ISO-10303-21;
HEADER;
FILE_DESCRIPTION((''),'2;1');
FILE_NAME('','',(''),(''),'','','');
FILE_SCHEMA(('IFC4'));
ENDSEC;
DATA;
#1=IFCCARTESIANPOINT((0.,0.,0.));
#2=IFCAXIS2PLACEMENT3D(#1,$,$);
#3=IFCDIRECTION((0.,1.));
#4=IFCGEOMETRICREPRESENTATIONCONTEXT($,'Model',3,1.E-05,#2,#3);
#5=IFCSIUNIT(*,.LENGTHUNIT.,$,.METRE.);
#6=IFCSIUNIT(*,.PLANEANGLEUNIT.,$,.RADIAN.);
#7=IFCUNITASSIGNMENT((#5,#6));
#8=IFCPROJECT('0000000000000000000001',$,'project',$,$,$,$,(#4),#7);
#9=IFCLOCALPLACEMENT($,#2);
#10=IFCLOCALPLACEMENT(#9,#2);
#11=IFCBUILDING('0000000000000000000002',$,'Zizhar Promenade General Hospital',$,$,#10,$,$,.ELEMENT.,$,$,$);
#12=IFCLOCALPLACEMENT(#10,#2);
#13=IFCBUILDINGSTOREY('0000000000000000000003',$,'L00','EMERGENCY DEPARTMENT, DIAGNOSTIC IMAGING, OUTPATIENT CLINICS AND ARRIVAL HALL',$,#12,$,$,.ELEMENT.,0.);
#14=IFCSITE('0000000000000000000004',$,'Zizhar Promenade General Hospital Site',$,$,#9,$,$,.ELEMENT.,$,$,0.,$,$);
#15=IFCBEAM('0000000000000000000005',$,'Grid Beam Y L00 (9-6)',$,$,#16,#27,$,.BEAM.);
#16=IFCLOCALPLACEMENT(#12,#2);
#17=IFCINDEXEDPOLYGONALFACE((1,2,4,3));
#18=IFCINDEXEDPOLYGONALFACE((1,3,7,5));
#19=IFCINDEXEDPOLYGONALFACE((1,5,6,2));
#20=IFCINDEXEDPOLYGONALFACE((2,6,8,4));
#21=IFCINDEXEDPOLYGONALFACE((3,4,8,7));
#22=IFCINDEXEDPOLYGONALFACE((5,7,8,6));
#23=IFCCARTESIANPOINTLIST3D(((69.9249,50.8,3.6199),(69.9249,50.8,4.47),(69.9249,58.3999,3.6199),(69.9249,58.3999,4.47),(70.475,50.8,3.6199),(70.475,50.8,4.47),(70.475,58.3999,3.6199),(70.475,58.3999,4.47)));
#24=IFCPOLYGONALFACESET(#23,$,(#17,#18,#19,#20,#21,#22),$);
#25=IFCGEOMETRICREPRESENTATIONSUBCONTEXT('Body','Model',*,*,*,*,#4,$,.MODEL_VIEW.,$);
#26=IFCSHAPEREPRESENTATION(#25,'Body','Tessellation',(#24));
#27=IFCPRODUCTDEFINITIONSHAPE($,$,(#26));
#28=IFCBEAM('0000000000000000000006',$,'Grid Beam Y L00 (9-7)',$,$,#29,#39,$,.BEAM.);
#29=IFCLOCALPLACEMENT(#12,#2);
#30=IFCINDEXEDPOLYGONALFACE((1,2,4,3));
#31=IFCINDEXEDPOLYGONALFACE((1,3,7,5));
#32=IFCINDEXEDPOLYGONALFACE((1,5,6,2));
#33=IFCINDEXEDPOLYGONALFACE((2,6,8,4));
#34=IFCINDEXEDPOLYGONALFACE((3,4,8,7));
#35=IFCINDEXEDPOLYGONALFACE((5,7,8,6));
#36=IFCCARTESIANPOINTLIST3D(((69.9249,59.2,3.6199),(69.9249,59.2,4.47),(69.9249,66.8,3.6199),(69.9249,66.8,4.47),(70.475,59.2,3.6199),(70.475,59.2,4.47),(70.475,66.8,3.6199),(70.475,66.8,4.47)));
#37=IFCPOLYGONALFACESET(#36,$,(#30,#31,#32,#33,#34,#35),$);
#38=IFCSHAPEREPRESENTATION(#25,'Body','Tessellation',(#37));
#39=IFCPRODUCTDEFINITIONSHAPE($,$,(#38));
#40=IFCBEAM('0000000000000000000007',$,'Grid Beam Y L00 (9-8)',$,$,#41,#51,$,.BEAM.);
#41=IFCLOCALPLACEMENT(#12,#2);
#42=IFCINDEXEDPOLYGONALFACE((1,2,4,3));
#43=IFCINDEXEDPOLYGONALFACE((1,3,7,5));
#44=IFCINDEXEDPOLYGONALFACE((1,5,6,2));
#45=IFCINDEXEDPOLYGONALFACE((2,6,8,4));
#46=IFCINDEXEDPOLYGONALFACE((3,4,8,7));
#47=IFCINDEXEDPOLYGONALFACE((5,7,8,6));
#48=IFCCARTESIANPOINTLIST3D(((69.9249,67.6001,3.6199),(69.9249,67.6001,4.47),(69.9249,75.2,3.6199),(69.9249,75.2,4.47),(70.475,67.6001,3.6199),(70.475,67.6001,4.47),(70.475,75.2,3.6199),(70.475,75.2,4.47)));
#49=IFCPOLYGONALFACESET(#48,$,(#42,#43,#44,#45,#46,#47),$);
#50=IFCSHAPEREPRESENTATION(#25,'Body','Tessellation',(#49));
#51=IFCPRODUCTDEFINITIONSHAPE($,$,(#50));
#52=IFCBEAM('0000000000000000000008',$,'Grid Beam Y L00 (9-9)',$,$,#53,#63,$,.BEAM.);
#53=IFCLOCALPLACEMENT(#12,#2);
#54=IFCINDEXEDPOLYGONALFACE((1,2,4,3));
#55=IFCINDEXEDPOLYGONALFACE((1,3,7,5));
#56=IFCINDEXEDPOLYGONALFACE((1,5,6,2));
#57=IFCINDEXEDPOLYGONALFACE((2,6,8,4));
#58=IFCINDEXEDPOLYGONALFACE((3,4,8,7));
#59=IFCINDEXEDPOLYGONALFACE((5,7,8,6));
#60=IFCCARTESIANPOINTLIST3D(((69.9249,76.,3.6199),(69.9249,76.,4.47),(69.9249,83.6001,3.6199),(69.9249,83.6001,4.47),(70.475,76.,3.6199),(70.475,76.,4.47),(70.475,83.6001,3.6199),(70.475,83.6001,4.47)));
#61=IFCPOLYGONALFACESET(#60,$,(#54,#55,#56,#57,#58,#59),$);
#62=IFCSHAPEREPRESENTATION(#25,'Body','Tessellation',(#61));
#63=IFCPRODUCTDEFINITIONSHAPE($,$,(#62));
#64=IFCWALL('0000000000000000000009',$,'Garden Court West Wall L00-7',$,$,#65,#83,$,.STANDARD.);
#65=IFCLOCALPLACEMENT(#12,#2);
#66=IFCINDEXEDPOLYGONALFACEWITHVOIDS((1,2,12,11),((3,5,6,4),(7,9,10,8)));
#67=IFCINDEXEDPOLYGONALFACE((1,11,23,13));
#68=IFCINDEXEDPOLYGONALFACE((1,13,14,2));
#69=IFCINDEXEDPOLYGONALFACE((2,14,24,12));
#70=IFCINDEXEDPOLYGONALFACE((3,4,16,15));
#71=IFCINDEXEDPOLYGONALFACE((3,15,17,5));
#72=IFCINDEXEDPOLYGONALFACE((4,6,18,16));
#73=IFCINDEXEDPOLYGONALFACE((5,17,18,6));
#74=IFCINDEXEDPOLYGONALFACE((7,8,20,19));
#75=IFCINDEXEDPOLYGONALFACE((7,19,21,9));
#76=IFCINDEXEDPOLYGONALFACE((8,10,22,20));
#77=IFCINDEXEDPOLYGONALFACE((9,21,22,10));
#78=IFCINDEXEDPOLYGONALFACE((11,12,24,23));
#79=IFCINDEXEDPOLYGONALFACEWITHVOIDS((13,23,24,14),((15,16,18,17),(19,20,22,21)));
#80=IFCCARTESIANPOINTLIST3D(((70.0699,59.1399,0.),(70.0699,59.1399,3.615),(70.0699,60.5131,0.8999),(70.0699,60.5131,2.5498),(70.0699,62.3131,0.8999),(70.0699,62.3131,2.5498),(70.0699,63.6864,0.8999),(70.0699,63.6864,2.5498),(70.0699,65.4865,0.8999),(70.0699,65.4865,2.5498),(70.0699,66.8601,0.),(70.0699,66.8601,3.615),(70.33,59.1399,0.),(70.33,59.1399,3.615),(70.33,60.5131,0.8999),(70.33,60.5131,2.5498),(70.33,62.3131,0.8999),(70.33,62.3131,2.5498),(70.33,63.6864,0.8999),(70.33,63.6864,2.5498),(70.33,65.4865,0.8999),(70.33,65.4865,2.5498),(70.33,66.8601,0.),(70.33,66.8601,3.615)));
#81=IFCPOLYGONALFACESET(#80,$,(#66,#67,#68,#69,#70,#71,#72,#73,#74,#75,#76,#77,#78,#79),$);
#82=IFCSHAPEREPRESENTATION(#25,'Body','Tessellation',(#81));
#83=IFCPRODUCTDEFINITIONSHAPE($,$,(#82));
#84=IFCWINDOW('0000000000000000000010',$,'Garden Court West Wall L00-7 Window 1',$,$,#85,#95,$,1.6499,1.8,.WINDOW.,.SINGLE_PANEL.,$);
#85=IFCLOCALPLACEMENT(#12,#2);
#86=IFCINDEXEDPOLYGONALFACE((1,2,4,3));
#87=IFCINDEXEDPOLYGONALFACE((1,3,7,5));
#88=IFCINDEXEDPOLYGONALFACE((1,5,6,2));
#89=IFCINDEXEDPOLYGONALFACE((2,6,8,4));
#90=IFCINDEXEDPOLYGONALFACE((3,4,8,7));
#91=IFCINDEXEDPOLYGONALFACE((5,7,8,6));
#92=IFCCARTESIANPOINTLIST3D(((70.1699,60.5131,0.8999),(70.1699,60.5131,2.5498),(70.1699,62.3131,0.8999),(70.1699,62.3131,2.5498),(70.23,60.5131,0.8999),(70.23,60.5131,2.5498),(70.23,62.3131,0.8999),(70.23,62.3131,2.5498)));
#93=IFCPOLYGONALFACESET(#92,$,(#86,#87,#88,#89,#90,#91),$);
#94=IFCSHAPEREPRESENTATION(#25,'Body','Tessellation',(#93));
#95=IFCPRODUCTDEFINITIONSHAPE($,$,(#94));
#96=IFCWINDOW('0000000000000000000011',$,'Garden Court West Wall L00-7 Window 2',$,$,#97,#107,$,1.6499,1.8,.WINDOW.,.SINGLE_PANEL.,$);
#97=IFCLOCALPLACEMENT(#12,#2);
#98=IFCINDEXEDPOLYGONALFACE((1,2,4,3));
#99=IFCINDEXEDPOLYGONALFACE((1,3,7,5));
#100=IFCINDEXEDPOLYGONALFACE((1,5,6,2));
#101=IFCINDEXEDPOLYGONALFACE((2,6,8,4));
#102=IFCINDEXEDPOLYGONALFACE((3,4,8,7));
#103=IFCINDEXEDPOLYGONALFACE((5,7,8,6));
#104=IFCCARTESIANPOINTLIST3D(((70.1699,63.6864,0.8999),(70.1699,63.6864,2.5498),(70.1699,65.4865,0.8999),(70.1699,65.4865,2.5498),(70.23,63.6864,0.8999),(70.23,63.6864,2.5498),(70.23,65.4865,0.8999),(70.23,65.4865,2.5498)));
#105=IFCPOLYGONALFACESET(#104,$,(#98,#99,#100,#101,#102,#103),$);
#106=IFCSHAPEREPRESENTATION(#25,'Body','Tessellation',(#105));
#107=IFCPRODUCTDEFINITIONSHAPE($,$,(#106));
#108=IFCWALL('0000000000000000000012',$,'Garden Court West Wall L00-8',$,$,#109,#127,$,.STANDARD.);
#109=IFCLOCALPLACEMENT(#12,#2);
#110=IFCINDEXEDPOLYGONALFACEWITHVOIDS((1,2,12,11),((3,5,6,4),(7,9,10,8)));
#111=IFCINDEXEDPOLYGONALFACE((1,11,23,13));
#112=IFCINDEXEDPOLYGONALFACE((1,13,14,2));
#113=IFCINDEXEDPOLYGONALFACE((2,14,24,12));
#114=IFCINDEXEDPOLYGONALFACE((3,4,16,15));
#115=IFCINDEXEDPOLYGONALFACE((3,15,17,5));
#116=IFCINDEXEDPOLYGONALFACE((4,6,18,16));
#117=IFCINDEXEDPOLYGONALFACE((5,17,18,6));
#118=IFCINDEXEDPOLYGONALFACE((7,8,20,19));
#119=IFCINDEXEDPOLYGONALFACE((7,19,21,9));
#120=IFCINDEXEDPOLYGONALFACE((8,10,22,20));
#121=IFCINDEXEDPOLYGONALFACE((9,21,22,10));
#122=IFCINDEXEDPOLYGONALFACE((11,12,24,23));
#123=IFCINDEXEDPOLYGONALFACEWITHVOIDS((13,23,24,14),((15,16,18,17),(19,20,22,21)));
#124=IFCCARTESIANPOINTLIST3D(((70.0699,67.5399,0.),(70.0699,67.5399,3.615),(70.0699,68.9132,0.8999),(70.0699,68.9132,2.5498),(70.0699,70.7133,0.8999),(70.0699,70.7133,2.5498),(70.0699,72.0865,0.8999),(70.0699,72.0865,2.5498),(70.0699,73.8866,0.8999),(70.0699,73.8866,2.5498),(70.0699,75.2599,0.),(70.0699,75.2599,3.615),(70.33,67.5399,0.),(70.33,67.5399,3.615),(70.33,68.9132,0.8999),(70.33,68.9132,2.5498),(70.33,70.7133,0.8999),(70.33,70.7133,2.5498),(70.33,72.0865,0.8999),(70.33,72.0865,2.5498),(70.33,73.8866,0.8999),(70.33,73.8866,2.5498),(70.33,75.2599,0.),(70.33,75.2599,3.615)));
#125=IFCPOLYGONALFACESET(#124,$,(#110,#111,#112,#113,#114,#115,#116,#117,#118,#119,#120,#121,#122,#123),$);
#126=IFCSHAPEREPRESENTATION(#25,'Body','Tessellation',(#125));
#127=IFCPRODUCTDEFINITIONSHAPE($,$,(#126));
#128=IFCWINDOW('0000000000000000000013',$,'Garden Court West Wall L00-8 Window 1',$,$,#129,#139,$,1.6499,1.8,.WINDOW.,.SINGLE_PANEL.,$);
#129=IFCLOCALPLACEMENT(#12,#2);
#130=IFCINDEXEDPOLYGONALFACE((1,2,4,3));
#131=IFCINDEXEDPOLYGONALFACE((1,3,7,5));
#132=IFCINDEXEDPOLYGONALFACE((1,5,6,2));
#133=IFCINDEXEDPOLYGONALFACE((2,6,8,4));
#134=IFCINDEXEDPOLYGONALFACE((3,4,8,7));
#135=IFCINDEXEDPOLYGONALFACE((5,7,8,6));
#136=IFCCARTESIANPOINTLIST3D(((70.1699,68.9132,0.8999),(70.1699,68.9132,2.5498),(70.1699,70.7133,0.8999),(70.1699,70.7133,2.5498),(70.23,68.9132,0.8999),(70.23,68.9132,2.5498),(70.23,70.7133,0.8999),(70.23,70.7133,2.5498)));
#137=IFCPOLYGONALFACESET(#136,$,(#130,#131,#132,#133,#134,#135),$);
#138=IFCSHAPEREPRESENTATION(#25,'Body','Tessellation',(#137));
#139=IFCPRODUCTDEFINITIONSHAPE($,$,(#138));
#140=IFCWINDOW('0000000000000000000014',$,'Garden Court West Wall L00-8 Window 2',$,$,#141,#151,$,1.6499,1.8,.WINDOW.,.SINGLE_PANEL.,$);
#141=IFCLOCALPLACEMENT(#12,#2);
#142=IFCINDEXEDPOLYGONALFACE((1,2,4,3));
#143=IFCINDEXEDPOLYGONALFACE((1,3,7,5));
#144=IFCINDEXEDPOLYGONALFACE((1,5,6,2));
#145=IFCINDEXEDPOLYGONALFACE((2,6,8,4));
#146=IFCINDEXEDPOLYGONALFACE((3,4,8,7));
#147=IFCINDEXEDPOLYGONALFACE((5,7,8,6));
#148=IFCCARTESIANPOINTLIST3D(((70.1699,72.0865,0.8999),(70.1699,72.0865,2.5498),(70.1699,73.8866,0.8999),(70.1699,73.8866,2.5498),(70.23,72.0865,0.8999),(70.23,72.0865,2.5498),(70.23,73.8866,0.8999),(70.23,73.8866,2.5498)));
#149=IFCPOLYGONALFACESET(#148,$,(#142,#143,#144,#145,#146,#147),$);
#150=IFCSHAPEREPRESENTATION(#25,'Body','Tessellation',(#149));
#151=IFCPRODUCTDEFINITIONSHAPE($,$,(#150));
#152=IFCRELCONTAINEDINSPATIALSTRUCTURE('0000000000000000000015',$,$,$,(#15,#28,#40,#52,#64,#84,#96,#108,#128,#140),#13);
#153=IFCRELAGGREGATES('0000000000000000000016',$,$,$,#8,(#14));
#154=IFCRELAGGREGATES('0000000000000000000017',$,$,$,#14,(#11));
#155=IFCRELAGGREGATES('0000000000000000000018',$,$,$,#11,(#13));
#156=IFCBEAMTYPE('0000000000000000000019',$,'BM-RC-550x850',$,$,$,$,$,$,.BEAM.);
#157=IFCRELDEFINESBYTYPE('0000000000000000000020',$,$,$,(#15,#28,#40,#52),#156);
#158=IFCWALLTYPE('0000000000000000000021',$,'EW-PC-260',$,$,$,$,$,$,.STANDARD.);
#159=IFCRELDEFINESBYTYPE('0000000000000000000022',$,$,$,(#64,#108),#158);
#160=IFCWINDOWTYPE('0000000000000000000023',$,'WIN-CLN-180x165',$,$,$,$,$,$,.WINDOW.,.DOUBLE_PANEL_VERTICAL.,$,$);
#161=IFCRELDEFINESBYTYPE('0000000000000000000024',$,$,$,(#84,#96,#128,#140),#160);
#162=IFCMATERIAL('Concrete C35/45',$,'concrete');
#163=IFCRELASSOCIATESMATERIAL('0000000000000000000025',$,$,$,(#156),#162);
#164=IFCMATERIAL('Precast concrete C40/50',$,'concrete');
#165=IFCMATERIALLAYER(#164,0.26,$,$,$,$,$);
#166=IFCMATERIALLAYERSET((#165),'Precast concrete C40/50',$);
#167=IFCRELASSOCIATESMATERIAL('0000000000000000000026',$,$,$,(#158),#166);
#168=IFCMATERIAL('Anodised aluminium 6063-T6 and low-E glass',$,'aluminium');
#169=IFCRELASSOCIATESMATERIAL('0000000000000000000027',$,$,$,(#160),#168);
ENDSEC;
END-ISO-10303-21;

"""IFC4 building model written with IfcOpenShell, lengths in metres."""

from ifc_helpers import new_model, si_unit, direction, frame, frame_2d, origin, origin_2d, place, context, subcontext, project, spatial, rectangle, extrude, material, layer, layer_set, material_profile, profile_set, type_object, element, fill, save


model = new_model("IFC4")

# Units and contexts
model_context = context("Model", 3, precision=1e-05, world=origin(), true_north=direction((0.0, 1.0)))
body_context = subcontext(model_context, "Body", "Model", "MODEL_VIEW")
ifc_project = project(units=[si_unit("LENGTHUNIT", "METRE"), si_unit("PLANEANGLEUNIT", "RADIAN")], contexts=[model_context])

# Site, building, storey
site_placement = place(None, origin())
site = spatial("IfcSite", under=ifc_project, at=site_placement, Name="Zizhar Promenade General Hospital Site", CompositionType="ELEMENT", RefElevation=0.0)
building_placement = place(site_placement, origin())
building = spatial("IfcBuilding", under=site, at=building_placement, Name="Zizhar Promenade General Hospital", CompositionType="ELEMENT")
storey_placement = place(building_placement, origin())
storey = spatial("IfcBuildingStorey", under=building, at=storey_placement, Name="L00", Description="EMERGENCY DEPARTMENT, DIAGNOSTIC IMAGING, OUTPATIENT CLINICS AND ARRIVAL HALL", CompositionType="ELEMENT", Elevation=0.0)

# Beams
ifc_material_1 = material(Name="Concrete C35/45", Category="concrete")
ifc_material_profile_1 = material_profile(ifc_material_1, rectangle(XDim=0.55, YDim=0.8501, at=origin_2d()))
ifc_profile_set_1 = profile_set([ifc_material_profile_1], Name="Concrete C35/45")
beam_type_1 = type_object("IfcBeamType", Name="BM-RC-550x850", PredefinedType="BEAM", material=ifc_profile_set_1)
beam_1_placement = place(storey_placement, frame((70.2, 50.8, 4.0449), z_axis=(0.0, 1.0, 0.0), x_axis=(-1.0, 0.0, 0.0)))
element("IfcBeam", 1, at=beam_1_placement, inside=storey, type_object=beam_type_1, Name="Grid Beam Y L00 (9-6)", PredefinedType="BEAM", context=body_context, shape_type="SweptSolid", body=[
    extrude(rectangle(XDim=0.55, YDim=0.8501, at=origin_2d()), origin(), (0.0, 0.0, 1.0), 7.5999),
])
beam_2_placement = place(storey_placement, frame((70.2, 59.2, 4.0449), z_axis=(0.0, 1.0, 0.0), x_axis=(-1.0, 0.0, 0.0)))
element("IfcBeam", 2, at=beam_2_placement, inside=storey, type_object=beam_type_1, Name="Grid Beam Y L00 (9-7)", PredefinedType="BEAM", context=body_context, shape_type="SweptSolid", body=[
    extrude(rectangle(XDim=0.55, YDim=0.8501, at=origin_2d()), origin(), (0.0, 0.0, 1.0), 7.6001),
])
beam_3_placement = place(storey_placement, frame((70.2, 67.6001, 4.0449), z_axis=(0.0, 1.0, 0.0), x_axis=(-1.0, 0.0, 0.0)))
element("IfcBeam", 3, at=beam_3_placement, inside=storey, type_object=beam_type_1, Name="Grid Beam Y L00 (9-8)", PredefinedType="BEAM", context=body_context, shape_type="SweptSolid", body=[
    extrude(rectangle(XDim=0.55, YDim=0.8501, at=origin_2d()), origin(), (0.0, 0.0, 1.0), 7.5999),
])
beam_4_placement = place(storey_placement, frame((70.2, 76.0, 4.0449), z_axis=(0.0, 1.0, 0.0), x_axis=(-1.0, 0.0, 0.0)))
element("IfcBeam", 4, at=beam_4_placement, inside=storey, type_object=beam_type_1, Name="Grid Beam Y L00 (9-9)", PredefinedType="BEAM", context=body_context, shape_type="SweptSolid", body=[
    extrude(rectangle(XDim=0.55, YDim=0.8501, at=origin_2d()), origin(), (0.0, 0.0, 1.0), 7.6001),
])

# Walls, openings, windows
ifc_material_2 = material(Name="Precast concrete C40/50", Category="concrete")
ifc_layer = layer(ifc_material_2, 0.26)
ifc_layer_set = layer_set([ifc_layer], Name="Precast concrete C40/50")
wall_type = type_object("IfcWallType", Name="EW-PC-260", PredefinedType="STANDARD", material=ifc_layer_set)
wall_1_placement = place(storey_placement, frame((70.2, 59.1399, 0.0), z_axis=(0.0, 0.0, 1.0), x_axis=(0.0, 1.0, 0.0)))
wall_1 = element("IfcWall", 5, at=wall_1_placement, inside=storey, type_object=wall_type, Name="Garden Court West Wall L00-7", PredefinedType="STANDARD", context=body_context, shape_type="SweptSolid", body=[
    extrude(rectangle(XDim=7.7202, YDim=0.26, at=frame_2d((3.8601, 0.0))), origin(), (0.0, 0.0, 1.0), 3.615),
])
opening_1_placement = place(wall_1_placement, frame((1.3733, 0.0, 0.8999)))
opening_1 = element("IfcOpeningElement", 6, at=opening_1_placement, cuts=wall_1, PredefinedType="OPENING", context=body_context, shape_type="SweptSolid", body=[
    extrude(rectangle(XDim=1.8, YDim=1.6499, at=frame_2d((0.8999, 0.825))), frame((0.0, 0.1401, 0.0), z_axis=(0.0, -1.0, 0.0), x_axis=(1.0, 0.0, 0.0)), (0.0, 0.0, 1.0), 0.28),
])
opening_2_placement = place(wall_1_placement, frame((4.5466, 0.0, 0.8999)))
opening_2 = element("IfcOpeningElement", 7, at=opening_2_placement, cuts=wall_1, PredefinedType="OPENING", context=body_context, shape_type="SweptSolid", body=[
    extrude(rectangle(XDim=1.8, YDim=1.6499, at=frame_2d((0.8999, 0.825))), frame((0.0, 0.1401, 0.0), z_axis=(0.0, -1.0, 0.0), x_axis=(1.0, 0.0, 0.0)), (0.0, 0.0, 1.0), 0.28),
])
ifc_material_3 = material(Name="Anodised aluminium 6063-T6 and low-E glass", Category="aluminium")
window_type = type_object("IfcWindowType", Name="WIN-CLN-180x165", PartitioningType="DOUBLE_PANEL_VERTICAL", PredefinedType="WINDOW", material=ifc_material_3)
window_1_placement = place(opening_1_placement, origin())
window_1 = element("IfcWindow", 8, at=window_1_placement, inside=storey, type_object=window_type, Name="Garden Court West Wall L00-7 Window 1", OverallHeight=1.6499, OverallWidth=1.8, PartitioningType="SINGLE_PANEL", PredefinedType="WINDOW", context=body_context, shape_type="SweptSolid", body=[
    extrude(rectangle(XDim=1.8, YDim=1.6499, at=frame_2d((0.8999, 0.825))), frame((0.0, 0.03, 0.0), z_axis=(0.0, -1.0, 0.0), x_axis=(1.0, 0.0, 0.0)), (0.0, 0.0, 1.0), 0.0601),
])
fill(opening_1, window_1)
window_2_placement = place(opening_2_placement, origin())
window_2 = element("IfcWindow", 9, at=window_2_placement, inside=storey, type_object=window_type, Name="Garden Court West Wall L00-7 Window 2", OverallHeight=1.6499, OverallWidth=1.8, PartitioningType="SINGLE_PANEL", PredefinedType="WINDOW", context=body_context, shape_type="SweptSolid", body=[
    extrude(rectangle(XDim=1.8, YDim=1.6499, at=frame_2d((0.8999, 0.825))), frame((0.0, 0.03, 0.0), z_axis=(0.0, -1.0, 0.0), x_axis=(1.0, 0.0, 0.0)), (0.0, 0.0, 1.0), 0.0601),
])
fill(opening_2, window_2)
wall_2_placement = place(storey_placement, frame((70.2, 67.54, 0.0), z_axis=(0.0, 0.0, 1.0), x_axis=(0.0, 1.0, 0.0)))
wall_2 = element("IfcWall", 10, at=wall_2_placement, inside=storey, type_object=wall_type, Name="Garden Court West Wall L00-8", PredefinedType="STANDARD", context=body_context, shape_type="SweptSolid", body=[
    extrude(rectangle(XDim=7.72, YDim=0.26, at=frame_2d((3.8599, 0.0))), origin(), (0.0, 0.0, 1.0), 3.615),
])
opening_3_placement = place(wall_2_placement, frame((1.3733, 0.0, 0.8999)))
opening_3 = element("IfcOpeningElement", 11, at=opening_3_placement, cuts=wall_2, PredefinedType="OPENING", context=body_context, shape_type="SweptSolid", body=[
    extrude(rectangle(XDim=1.8, YDim=1.6499, at=frame_2d((0.8999, 0.825))), frame((0.0, 0.1401, 0.0), z_axis=(0.0, -1.0, 0.0), x_axis=(1.0, 0.0, 0.0)), (0.0, 0.0, 1.0), 0.28),
])
opening_4_placement = place(wall_2_placement, frame((4.5466, 0.0, 0.8999)))
opening_4 = element("IfcOpeningElement", 12, at=opening_4_placement, cuts=wall_2, PredefinedType="OPENING", context=body_context, shape_type="SweptSolid", body=[
    extrude(rectangle(XDim=1.8, YDim=1.6499, at=frame_2d((0.8999, 0.825))), frame((0.0, 0.1401, 0.0), z_axis=(0.0, -1.0, 0.0), x_axis=(1.0, 0.0, 0.0)), (0.0, 0.0, 1.0), 0.28),
])
window_3_placement = place(opening_3_placement, origin())
window_3 = element("IfcWindow", 13, at=window_3_placement, inside=storey, type_object=window_type, Name="Garden Court West Wall L00-8 Window 1", OverallHeight=1.6499, OverallWidth=1.8, PartitioningType="SINGLE_PANEL", PredefinedType="WINDOW", context=body_context, shape_type="SweptSolid", body=[
    extrude(rectangle(XDim=1.8, YDim=1.6499, at=frame_2d((0.8999, 0.825))), frame((0.0, 0.03, 0.0), z_axis=(0.0, -1.0, 0.0), x_axis=(1.0, 0.0, 0.0)), (0.0, 0.0, 1.0), 0.0601),
])
fill(opening_3, window_3)
window_4_placement = place(opening_4_placement, origin())
window_4 = element("IfcWindow", 14, at=window_4_placement, inside=storey, type_object=window_type, Name="Garden Court West Wall L00-8 Window 2", OverallHeight=1.6499, OverallWidth=1.8, PartitioningType="SINGLE_PANEL", PredefinedType="WINDOW", context=body_context, shape_type="SweptSolid", body=[
    extrude(rectangle(XDim=1.8, YDim=1.6499, at=frame_2d((0.8999, 0.825))), frame((0.0, 0.03, 0.0), z_axis=(0.0, -1.0, 0.0), x_axis=(1.0, 0.0, 0.0)), (0.0, 0.0, 1.0), 0.0601),
])
fill(opening_4, window_4)

save(model, "model.ifc")
